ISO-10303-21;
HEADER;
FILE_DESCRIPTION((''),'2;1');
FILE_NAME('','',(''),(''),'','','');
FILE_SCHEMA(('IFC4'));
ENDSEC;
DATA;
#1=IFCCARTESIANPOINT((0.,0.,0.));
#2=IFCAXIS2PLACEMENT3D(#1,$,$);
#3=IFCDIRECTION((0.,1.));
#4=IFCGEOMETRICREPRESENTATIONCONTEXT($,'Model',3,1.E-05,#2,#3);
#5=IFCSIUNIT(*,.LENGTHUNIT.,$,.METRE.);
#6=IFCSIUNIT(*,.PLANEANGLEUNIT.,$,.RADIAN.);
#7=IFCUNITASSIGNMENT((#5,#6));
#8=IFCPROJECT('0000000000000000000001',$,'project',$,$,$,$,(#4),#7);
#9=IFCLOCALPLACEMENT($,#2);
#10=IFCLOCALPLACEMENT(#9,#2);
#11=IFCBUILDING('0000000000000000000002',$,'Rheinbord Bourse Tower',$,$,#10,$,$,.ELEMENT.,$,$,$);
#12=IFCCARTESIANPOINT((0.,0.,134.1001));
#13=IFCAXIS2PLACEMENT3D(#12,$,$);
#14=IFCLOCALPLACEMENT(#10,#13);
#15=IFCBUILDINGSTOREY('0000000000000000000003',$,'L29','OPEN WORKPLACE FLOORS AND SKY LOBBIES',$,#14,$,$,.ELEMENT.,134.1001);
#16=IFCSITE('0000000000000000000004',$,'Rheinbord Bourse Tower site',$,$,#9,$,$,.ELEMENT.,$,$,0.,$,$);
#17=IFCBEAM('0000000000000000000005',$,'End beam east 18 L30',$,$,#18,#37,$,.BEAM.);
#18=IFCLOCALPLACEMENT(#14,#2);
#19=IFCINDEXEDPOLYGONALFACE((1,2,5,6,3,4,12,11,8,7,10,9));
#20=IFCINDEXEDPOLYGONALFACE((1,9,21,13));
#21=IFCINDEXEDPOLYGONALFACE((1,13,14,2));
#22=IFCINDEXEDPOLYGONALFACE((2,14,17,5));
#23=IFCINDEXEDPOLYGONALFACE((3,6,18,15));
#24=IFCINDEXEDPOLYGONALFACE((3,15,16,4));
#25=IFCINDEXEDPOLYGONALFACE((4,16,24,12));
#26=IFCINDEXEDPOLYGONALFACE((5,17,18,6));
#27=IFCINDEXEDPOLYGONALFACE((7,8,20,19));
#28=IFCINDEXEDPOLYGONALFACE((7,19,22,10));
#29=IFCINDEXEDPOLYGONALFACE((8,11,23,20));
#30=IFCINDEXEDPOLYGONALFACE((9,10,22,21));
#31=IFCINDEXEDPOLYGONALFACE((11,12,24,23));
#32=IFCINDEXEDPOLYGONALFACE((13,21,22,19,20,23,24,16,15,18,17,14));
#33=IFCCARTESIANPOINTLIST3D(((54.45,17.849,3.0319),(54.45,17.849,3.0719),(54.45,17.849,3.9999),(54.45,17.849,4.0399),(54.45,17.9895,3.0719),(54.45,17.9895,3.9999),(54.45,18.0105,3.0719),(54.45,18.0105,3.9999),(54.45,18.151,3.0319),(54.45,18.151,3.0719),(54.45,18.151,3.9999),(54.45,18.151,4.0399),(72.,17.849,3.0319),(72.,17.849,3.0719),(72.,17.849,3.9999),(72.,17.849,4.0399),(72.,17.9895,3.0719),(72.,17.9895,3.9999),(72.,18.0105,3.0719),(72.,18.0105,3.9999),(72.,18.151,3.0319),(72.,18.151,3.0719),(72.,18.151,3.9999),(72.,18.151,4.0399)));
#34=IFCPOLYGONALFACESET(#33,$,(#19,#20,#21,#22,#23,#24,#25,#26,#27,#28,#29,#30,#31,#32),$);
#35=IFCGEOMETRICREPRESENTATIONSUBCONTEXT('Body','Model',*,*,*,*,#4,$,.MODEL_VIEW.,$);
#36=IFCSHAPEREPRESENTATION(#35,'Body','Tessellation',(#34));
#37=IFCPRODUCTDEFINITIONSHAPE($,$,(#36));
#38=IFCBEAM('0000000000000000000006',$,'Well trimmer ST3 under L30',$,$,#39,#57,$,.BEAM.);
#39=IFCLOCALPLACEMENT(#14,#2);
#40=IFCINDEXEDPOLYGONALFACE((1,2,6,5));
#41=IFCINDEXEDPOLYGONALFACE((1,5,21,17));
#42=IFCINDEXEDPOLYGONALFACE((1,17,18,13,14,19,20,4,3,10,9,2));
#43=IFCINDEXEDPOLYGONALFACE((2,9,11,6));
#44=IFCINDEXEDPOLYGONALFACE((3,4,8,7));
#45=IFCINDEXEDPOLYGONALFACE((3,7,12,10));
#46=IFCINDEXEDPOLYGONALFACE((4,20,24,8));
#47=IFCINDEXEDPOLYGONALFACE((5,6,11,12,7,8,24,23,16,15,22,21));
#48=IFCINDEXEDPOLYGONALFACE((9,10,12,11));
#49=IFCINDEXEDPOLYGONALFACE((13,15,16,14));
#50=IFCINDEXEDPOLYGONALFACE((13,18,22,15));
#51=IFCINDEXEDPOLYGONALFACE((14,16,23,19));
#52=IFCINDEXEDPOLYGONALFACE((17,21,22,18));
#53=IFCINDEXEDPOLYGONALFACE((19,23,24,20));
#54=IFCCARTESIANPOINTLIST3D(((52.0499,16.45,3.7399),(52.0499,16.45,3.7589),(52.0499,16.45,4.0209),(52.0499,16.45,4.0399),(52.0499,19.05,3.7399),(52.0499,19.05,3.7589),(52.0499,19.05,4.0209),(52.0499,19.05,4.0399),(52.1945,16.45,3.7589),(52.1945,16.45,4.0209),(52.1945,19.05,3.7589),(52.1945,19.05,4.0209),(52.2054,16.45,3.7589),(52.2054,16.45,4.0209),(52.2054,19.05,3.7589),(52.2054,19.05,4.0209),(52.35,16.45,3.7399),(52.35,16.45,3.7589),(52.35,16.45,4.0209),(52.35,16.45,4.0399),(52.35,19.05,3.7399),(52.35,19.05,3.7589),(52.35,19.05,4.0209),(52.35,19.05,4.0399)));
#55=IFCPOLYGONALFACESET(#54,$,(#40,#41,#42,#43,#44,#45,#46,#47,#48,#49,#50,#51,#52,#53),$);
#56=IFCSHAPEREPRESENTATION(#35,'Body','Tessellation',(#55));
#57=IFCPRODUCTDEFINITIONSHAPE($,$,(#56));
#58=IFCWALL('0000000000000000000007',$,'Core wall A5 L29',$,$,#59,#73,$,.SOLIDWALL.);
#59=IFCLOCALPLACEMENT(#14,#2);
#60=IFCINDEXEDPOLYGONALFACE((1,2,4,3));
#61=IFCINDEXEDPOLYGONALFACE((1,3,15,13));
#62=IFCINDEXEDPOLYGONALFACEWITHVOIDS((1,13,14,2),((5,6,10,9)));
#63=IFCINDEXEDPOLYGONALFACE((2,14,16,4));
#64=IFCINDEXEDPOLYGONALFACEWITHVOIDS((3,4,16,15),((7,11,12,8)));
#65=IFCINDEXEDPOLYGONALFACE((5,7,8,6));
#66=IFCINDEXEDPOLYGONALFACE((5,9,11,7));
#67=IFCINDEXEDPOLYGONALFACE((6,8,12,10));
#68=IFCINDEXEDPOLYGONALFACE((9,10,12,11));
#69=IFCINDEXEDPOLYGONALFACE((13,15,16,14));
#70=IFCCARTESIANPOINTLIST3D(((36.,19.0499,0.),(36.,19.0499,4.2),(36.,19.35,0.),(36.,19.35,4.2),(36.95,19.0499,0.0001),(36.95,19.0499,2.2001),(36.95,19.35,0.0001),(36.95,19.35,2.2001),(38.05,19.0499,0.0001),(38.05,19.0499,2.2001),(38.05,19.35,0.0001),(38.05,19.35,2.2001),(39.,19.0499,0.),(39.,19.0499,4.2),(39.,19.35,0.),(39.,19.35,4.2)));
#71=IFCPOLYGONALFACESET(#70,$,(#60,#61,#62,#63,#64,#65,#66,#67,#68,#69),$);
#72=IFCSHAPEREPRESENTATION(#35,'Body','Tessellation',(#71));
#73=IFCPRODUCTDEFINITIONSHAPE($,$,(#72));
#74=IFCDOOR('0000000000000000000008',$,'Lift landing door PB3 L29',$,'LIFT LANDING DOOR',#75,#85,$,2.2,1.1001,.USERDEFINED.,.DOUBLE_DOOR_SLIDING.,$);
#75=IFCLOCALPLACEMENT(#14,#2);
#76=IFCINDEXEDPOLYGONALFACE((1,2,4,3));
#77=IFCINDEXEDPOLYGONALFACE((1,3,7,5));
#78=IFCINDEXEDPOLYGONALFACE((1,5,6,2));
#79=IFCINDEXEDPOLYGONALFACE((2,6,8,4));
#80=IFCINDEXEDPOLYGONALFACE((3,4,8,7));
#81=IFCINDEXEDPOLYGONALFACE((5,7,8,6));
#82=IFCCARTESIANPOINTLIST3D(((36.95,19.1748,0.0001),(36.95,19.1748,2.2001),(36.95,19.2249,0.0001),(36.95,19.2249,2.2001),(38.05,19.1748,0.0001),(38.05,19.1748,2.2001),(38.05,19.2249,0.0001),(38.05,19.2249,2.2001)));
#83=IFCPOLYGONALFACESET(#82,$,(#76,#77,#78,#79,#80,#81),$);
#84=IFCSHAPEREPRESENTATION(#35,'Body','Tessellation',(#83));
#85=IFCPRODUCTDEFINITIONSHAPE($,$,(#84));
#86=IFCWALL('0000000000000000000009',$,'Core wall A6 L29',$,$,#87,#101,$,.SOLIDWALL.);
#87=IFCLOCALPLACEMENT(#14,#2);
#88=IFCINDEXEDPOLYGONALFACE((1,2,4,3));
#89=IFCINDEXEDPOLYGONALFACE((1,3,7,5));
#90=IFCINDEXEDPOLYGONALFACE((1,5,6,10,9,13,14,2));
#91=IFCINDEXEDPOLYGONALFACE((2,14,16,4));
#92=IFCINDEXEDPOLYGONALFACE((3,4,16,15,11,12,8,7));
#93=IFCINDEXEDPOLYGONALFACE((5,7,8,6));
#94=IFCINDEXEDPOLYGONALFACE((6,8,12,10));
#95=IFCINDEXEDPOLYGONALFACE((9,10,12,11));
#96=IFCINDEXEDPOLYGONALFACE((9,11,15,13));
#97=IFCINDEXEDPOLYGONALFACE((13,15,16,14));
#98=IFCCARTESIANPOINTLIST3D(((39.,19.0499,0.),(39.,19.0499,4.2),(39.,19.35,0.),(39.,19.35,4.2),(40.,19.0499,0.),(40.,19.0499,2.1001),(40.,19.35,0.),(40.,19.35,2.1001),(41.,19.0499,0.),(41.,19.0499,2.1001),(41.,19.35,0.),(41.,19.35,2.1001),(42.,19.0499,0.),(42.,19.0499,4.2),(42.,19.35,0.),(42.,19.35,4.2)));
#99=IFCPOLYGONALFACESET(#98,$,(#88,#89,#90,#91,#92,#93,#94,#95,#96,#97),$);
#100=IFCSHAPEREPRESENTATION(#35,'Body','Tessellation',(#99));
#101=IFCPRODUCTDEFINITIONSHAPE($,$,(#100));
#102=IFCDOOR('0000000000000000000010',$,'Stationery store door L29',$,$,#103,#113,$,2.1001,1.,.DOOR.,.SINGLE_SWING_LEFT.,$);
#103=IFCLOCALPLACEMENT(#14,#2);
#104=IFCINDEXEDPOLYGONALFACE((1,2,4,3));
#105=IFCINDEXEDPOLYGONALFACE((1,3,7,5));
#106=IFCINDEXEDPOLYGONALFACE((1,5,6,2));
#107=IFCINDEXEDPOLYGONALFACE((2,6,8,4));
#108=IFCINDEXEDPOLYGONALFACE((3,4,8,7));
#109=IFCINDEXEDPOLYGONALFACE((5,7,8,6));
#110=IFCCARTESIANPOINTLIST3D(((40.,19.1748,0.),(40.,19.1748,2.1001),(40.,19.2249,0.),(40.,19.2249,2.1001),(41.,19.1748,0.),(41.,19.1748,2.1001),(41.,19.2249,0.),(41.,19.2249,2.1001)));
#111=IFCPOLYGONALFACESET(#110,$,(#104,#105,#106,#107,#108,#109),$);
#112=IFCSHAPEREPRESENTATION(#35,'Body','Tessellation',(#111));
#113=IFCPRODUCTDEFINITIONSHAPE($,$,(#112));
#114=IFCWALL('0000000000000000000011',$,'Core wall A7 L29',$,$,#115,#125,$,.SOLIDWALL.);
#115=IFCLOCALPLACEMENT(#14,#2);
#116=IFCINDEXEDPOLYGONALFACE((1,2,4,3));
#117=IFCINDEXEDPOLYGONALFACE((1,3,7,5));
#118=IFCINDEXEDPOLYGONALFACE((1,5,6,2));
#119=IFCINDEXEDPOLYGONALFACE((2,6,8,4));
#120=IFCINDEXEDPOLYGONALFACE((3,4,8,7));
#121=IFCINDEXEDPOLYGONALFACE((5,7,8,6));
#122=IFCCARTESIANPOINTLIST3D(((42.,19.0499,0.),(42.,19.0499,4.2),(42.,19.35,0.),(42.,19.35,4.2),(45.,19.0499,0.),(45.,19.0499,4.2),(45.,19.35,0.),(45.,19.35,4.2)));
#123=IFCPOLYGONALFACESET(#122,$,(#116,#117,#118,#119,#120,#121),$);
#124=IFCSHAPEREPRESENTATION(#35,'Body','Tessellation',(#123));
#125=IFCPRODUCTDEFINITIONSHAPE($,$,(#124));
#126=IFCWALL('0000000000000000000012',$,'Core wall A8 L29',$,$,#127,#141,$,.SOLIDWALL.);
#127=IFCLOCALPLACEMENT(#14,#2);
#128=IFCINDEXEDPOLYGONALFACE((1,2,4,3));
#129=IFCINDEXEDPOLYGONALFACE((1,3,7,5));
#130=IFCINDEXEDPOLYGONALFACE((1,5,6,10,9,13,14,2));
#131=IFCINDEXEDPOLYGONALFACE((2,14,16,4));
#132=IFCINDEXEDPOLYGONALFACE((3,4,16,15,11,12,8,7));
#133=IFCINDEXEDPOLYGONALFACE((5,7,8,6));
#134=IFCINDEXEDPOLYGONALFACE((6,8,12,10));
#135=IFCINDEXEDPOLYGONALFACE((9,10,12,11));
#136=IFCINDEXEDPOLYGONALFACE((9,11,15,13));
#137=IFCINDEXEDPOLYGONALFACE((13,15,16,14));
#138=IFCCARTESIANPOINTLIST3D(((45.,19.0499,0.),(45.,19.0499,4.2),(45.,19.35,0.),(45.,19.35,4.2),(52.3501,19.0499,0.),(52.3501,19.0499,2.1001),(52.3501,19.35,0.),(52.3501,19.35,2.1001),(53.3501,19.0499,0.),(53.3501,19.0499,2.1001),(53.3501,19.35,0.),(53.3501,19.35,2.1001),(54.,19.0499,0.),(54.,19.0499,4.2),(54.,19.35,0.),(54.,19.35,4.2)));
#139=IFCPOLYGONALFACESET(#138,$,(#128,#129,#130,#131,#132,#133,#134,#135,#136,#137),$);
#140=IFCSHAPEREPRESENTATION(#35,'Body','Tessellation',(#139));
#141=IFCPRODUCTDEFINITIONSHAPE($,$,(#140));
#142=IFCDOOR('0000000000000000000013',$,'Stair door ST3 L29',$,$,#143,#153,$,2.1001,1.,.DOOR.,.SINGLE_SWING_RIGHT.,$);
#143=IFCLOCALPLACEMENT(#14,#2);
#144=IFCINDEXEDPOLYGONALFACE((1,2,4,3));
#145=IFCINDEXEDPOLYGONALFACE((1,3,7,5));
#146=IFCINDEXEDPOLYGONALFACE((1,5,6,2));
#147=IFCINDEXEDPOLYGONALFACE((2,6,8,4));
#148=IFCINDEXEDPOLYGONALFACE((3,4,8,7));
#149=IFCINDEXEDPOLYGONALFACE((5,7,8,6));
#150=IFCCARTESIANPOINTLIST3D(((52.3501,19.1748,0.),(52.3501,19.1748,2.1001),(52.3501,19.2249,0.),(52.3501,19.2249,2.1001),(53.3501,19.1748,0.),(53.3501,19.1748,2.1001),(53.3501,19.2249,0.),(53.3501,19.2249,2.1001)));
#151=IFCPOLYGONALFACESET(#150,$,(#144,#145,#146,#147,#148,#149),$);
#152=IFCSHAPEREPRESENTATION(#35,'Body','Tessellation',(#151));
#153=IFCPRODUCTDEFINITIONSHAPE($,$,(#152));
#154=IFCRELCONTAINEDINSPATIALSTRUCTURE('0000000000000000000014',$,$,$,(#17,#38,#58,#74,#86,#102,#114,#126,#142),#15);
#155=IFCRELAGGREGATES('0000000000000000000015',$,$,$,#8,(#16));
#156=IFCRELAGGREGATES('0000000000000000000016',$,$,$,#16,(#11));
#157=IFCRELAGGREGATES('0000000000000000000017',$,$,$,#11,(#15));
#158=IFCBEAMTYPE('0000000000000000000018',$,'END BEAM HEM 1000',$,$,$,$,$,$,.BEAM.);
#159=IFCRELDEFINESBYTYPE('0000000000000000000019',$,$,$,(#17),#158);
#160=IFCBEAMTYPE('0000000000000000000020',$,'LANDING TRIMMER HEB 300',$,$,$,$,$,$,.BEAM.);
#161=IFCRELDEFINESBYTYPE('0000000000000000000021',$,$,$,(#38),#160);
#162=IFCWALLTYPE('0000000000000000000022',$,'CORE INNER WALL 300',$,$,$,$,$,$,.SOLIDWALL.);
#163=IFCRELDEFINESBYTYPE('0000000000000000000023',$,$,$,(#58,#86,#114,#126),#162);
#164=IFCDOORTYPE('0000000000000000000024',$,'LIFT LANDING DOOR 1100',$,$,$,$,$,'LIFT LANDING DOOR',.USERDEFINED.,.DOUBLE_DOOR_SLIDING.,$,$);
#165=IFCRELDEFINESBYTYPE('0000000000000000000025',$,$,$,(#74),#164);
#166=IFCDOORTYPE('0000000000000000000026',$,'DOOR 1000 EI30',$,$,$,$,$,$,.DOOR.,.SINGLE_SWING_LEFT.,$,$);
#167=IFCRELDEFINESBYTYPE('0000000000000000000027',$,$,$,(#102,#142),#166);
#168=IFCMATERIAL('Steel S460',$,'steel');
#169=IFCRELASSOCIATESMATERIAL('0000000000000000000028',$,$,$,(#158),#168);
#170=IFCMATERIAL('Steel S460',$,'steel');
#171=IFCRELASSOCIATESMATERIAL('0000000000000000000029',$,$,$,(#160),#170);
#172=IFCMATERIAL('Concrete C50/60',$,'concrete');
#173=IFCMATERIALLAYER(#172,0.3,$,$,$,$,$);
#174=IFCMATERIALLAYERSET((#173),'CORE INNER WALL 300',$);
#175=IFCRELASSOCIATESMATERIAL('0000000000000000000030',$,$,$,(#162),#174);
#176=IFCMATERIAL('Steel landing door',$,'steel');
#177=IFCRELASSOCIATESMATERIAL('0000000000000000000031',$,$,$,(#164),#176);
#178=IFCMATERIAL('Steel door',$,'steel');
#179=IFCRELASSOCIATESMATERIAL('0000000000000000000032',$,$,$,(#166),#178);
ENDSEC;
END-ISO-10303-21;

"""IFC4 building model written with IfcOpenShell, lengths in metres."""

from ifc_helpers import new_model, si_unit, direction, frame, frame_2d, origin, origin_2d, place, context, subcontext, project, spatial, rectangle, i_section, extrude, material, layer, layer_set, material_profile, profile_set, type_object, element, fill, save


model = new_model("IFC4")

# Units and contexts
model_context = context("Model", 3, precision=1e-05, world=origin(), true_north=direction((0.0, 1.0)))
body_context = subcontext(model_context, "Body", "Model", "MODEL_VIEW")
ifc_project = project(units=[si_unit("LENGTHUNIT", "METRE"), si_unit("PLANEANGLEUNIT", "RADIAN")], contexts=[model_context])

# Site, building, storey
site_placement = place(None, origin())
site = spatial("IfcSite", under=ifc_project, at=site_placement, Name="Rheinbord Bourse Tower site", CompositionType="ELEMENT", RefElevation=0.0)
building_placement = place(site_placement, origin())
building = spatial("IfcBuilding", under=site, at=building_placement, Name="Rheinbord Bourse Tower", CompositionType="ELEMENT")
storey_placement = place(building_placement, frame((0.0, 0.0, 134.1001)))
storey = spatial("IfcBuildingStorey", under=building, at=storey_placement, Name="L29", Description="OPEN WORKPLACE FLOORS AND SKY LOBBIES", CompositionType="ELEMENT", Elevation=134.1001)

# Beams
ifc_material_1 = material(Name="Steel S460", Category="steel")
ifc_material_profile_1 = material_profile(ifc_material_1, i_section(OverallWidth=0.302, OverallDepth=1.0081, WebThickness=0.021, FlangeThickness=0.04, at=origin_2d()), Name="HEM 1000")
ifc_profile_set_1 = profile_set([ifc_material_profile_1], Name="Steel S460")
beam_type_1 = type_object("IfcBeamType", Name="END BEAM HEM 1000", PredefinedType="BEAM", material=ifc_profile_set_1)
beam_1_placement = place(storey_placement, frame((54.45, 18.0, 3.5359), z_axis=(1.0, 0.0, 0.0), x_axis=(0.0, 1.0, 0.0)))
element("IfcBeam", 1, at=beam_1_placement, inside=storey, type_object=beam_type_1, Name="End beam east 18 L30", PredefinedType="BEAM", context=body_context, shape_type="SweptSolid", body=[
    extrude(i_section(OverallWidth=0.302, OverallDepth=1.0081, WebThickness=0.021, FlangeThickness=0.04, at=origin_2d()), origin(), (0.0, 0.0, 1.0), 17.55),
])
ifc_material_2 = material(Name="Steel S460", Category="steel")
ifc_material_profile_2 = material_profile(ifc_material_2, i_section(OverallWidth=0.3, OverallDepth=0.3, WebThickness=0.011, FlangeThickness=0.019, at=origin_2d()), Name="HEB 300")
ifc_profile_set_2 = profile_set([ifc_material_profile_2], Name="Steel S460")
beam_type_2 = type_object("IfcBeamType", Name="LANDING TRIMMER HEB 300", PredefinedType="BEAM", material=ifc_profile_set_2)
beam_2_placement = place(storey_placement, frame((52.2, 16.45, 3.8899), z_axis=(0.0, 1.0, 0.0), x_axis=(-1.0, 0.0, 0.0)))
element("IfcBeam", 2, at=beam_2_placement, inside=storey, type_object=beam_type_2, Name="Well trimmer ST3 under L30", PredefinedType="BEAM", context=body_context, shape_type="SweptSolid", body=[
    extrude(i_section(OverallWidth=0.3, OverallDepth=0.3, WebThickness=0.011, FlangeThickness=0.019, at=origin_2d()), origin(), (0.0, 0.0, 1.0), 2.6001),
])

# Walls, openings, doors
ifc_material_3 = material(Name="Concrete C50/60", Category="concrete")
ifc_layer_1 = layer(ifc_material_3, 0.3)
ifc_layer_set_1 = layer_set([ifc_layer_1], Name="CORE INNER WALL 300")
wall_type_1 = type_object("IfcWallType", Name="CORE INNER WALL 300", PredefinedType="SOLIDWALL", material=ifc_layer_set_1)
wall_1_placement = place(storey_placement, frame((36.0, 19.2, 0.0), z_axis=(0.0, 0.0, 1.0), x_axis=(1.0, 0.0, 0.0)))
wall_1 = element("IfcWall", 3, at=wall_1_placement, inside=storey, type_object=wall_type_1, Name="Core wall A5 L29", PredefinedType="SOLIDWALL", context=body_context, shape_type="SweptSolid", body=[
    extrude(rectangle(XDim=3.0, YDim=0.3, at=frame_2d((1.5, 0.0))), origin(), (0.0, 0.0, 1.0), 4.2),
])
opening_1_placement = place(wall_1_placement, frame((0.95, 0.0, 0.0)))
opening_1 = element("IfcOpeningElement", 4, at=opening_1_placement, cuts=wall_1, PredefinedType="OPENING", context=body_context, shape_type="SweptSolid", body=[
    extrude(rectangle(XDim=1.1001, YDim=2.2, at=frame_2d((0.55, 1.1001))), frame((0.0, 0.1599, 0.0), z_axis=(0.0, -1.0, 0.0), x_axis=(1.0, 0.0, 0.0)), (0.0, 0.0, 1.0), 0.3201),
])
ifc_material_4 = material(Name="Steel landing door", Category="steel")
door_type_1 = type_object("IfcDoorType", Name="LIFT LANDING DOOR 1100", ElementType="LIFT LANDING DOOR", OperationType="DOUBLE_DOOR_SLIDING", PredefinedType="USERDEFINED", material=ifc_material_4)
door_1_placement = place(opening_1_placement, origin())
door_1 = element("IfcDoor", 5, at=door_1_placement, inside=storey, type_object=door_type_1, Name="Lift landing door PB3 L29", ObjectType="LIFT LANDING DOOR", OperationType="DOUBLE_DOOR_SLIDING", OverallHeight=2.2, OverallWidth=1.1001, PredefinedType="USERDEFINED", context=body_context, shape_type="SweptSolid", body=[
    extrude(rectangle(XDim=1.1001, YDim=2.2, at=frame_2d((0.55, 1.1001))), frame((0.0, 0.0249, 0.0), z_axis=(0.0, -1.0, 0.0), x_axis=(1.0, 0.0, 0.0)), (0.0, 0.0, 1.0), 0.05),
])
fill(opening_1, door_1)
wall_2_placement = place(storey_placement, frame((39.0, 19.2, 0.0), z_axis=(0.0, 0.0, 1.0), x_axis=(1.0, 0.0, 0.0)))
wall_2 = element("IfcWall", 6, at=wall_2_placement, inside=storey, type_object=wall_type_1, Name="Core wall A6 L29", PredefinedType="SOLIDWALL", context=body_context, shape_type="SweptSolid", body=[
    extrude(rectangle(XDim=3.0, YDim=0.3, at=frame_2d((1.5, 0.0))), origin(), (0.0, 0.0, 1.0), 4.2),
])
opening_2_placement = place(wall_2_placement, frame((1.0, 0.0, 0.0)))
opening_2 = element("IfcOpeningElement", 7, at=opening_2_placement, cuts=wall_2, PredefinedType="OPENING", context=body_context, shape_type="SweptSolid", body=[
    extrude(rectangle(XDim=1.0, YDim=2.1001, at=frame_2d((0.5, 1.05))), frame((0.0, 0.1599, 0.0), z_axis=(0.0, -1.0, 0.0), x_axis=(1.0, 0.0, 0.0)), (0.0, 0.0, 1.0), 0.3201),
])
ifc_material_5 = material(Name="Steel door", Category="steel")
door_type_2 = type_object("IfcDoorType", Name="DOOR 1000 EI30", OperationType="SINGLE_SWING_LEFT", PredefinedType="DOOR", material=ifc_material_5)
door_2_placement = place(opening_2_placement, origin())
door_2 = element("IfcDoor", 8, at=door_2_placement, inside=storey, type_object=door_type_2, Name="Stationery store door L29", OperationType="SINGLE_SWING_LEFT", OverallHeight=2.1001, OverallWidth=1.0, PredefinedType="DOOR", context=body_context, shape_type="SweptSolid", body=[
    extrude(rectangle(XDim=1.0, YDim=2.1001, at=frame_2d((0.5, 1.05))), frame((0.0, 0.0249, 0.0), z_axis=(0.0, -1.0, 0.0), x_axis=(1.0, 0.0, 0.0)), (0.0, 0.0, 1.0), 0.05),
])
fill(opening_2, door_2)

# Wall
wall_3_placement = place(storey_placement, frame((42.0, 19.2, 0.0), z_axis=(0.0, 0.0, 1.0), x_axis=(1.0, 0.0, 0.0)))
element("IfcWall", 9, at=wall_3_placement, inside=storey, type_object=wall_type_1, Name="Core wall A7 L29", PredefinedType="SOLIDWALL", context=body_context, shape_type="SweptSolid", body=[
    extrude(rectangle(XDim=3.0, YDim=0.3, at=frame_2d((1.5, 0.0))), origin(), (0.0, 0.0, 1.0), 4.2),
])

# Wall, opening, door
wall_4_placement = place(storey_placement, frame((45.0, 19.2, 0.0), z_axis=(0.0, 0.0, 1.0), x_axis=(1.0, 0.0, 0.0)))
wall_4 = element("IfcWall", 10, at=wall_4_placement, inside=storey, type_object=wall_type_1, Name="Core wall A8 L29", PredefinedType="SOLIDWALL", context=body_context, shape_type="SweptSolid", body=[
    extrude(rectangle(XDim=9.0, YDim=0.3, at=frame_2d((4.5, 0.0))), origin(), (0.0, 0.0, 1.0), 4.2),
])
opening_3_placement = place(wall_4_placement, frame((7.3501, 0.0, 0.0)))
opening_3 = element("IfcOpeningElement", 11, at=opening_3_placement, cuts=wall_4, PredefinedType="OPENING", context=body_context, shape_type="SweptSolid", body=[
    extrude(rectangle(XDim=1.0, YDim=2.1001, at=frame_2d((0.5, 1.05))), frame((0.0, 0.1599, 0.0), z_axis=(0.0, -1.0, 0.0), x_axis=(1.0, 0.0, 0.0)), (0.0, 0.0, 1.0), 0.3201),
])
door_3_placement = place(opening_3_placement, origin())
door_3 = element("IfcDoor", 12, at=door_3_placement, inside=storey, type_object=door_type_2, Name="Stair door ST3 L29", OperationType="SINGLE_SWING_RIGHT", OverallHeight=2.1001, OverallWidth=1.0, PredefinedType="DOOR", context=body_context, shape_type="SweptSolid", body=[
    extrude(rectangle(XDim=1.0, YDim=2.1001, at=frame_2d((0.5, 1.05))), frame((0.0, 0.0249, 0.0), z_axis=(0.0, -1.0, 0.0), x_axis=(1.0, 0.0, 0.0)), (0.0, 0.0, 1.0), 0.05),
])
fill(opening_3, door_3)

save(model, "model.ifc")
